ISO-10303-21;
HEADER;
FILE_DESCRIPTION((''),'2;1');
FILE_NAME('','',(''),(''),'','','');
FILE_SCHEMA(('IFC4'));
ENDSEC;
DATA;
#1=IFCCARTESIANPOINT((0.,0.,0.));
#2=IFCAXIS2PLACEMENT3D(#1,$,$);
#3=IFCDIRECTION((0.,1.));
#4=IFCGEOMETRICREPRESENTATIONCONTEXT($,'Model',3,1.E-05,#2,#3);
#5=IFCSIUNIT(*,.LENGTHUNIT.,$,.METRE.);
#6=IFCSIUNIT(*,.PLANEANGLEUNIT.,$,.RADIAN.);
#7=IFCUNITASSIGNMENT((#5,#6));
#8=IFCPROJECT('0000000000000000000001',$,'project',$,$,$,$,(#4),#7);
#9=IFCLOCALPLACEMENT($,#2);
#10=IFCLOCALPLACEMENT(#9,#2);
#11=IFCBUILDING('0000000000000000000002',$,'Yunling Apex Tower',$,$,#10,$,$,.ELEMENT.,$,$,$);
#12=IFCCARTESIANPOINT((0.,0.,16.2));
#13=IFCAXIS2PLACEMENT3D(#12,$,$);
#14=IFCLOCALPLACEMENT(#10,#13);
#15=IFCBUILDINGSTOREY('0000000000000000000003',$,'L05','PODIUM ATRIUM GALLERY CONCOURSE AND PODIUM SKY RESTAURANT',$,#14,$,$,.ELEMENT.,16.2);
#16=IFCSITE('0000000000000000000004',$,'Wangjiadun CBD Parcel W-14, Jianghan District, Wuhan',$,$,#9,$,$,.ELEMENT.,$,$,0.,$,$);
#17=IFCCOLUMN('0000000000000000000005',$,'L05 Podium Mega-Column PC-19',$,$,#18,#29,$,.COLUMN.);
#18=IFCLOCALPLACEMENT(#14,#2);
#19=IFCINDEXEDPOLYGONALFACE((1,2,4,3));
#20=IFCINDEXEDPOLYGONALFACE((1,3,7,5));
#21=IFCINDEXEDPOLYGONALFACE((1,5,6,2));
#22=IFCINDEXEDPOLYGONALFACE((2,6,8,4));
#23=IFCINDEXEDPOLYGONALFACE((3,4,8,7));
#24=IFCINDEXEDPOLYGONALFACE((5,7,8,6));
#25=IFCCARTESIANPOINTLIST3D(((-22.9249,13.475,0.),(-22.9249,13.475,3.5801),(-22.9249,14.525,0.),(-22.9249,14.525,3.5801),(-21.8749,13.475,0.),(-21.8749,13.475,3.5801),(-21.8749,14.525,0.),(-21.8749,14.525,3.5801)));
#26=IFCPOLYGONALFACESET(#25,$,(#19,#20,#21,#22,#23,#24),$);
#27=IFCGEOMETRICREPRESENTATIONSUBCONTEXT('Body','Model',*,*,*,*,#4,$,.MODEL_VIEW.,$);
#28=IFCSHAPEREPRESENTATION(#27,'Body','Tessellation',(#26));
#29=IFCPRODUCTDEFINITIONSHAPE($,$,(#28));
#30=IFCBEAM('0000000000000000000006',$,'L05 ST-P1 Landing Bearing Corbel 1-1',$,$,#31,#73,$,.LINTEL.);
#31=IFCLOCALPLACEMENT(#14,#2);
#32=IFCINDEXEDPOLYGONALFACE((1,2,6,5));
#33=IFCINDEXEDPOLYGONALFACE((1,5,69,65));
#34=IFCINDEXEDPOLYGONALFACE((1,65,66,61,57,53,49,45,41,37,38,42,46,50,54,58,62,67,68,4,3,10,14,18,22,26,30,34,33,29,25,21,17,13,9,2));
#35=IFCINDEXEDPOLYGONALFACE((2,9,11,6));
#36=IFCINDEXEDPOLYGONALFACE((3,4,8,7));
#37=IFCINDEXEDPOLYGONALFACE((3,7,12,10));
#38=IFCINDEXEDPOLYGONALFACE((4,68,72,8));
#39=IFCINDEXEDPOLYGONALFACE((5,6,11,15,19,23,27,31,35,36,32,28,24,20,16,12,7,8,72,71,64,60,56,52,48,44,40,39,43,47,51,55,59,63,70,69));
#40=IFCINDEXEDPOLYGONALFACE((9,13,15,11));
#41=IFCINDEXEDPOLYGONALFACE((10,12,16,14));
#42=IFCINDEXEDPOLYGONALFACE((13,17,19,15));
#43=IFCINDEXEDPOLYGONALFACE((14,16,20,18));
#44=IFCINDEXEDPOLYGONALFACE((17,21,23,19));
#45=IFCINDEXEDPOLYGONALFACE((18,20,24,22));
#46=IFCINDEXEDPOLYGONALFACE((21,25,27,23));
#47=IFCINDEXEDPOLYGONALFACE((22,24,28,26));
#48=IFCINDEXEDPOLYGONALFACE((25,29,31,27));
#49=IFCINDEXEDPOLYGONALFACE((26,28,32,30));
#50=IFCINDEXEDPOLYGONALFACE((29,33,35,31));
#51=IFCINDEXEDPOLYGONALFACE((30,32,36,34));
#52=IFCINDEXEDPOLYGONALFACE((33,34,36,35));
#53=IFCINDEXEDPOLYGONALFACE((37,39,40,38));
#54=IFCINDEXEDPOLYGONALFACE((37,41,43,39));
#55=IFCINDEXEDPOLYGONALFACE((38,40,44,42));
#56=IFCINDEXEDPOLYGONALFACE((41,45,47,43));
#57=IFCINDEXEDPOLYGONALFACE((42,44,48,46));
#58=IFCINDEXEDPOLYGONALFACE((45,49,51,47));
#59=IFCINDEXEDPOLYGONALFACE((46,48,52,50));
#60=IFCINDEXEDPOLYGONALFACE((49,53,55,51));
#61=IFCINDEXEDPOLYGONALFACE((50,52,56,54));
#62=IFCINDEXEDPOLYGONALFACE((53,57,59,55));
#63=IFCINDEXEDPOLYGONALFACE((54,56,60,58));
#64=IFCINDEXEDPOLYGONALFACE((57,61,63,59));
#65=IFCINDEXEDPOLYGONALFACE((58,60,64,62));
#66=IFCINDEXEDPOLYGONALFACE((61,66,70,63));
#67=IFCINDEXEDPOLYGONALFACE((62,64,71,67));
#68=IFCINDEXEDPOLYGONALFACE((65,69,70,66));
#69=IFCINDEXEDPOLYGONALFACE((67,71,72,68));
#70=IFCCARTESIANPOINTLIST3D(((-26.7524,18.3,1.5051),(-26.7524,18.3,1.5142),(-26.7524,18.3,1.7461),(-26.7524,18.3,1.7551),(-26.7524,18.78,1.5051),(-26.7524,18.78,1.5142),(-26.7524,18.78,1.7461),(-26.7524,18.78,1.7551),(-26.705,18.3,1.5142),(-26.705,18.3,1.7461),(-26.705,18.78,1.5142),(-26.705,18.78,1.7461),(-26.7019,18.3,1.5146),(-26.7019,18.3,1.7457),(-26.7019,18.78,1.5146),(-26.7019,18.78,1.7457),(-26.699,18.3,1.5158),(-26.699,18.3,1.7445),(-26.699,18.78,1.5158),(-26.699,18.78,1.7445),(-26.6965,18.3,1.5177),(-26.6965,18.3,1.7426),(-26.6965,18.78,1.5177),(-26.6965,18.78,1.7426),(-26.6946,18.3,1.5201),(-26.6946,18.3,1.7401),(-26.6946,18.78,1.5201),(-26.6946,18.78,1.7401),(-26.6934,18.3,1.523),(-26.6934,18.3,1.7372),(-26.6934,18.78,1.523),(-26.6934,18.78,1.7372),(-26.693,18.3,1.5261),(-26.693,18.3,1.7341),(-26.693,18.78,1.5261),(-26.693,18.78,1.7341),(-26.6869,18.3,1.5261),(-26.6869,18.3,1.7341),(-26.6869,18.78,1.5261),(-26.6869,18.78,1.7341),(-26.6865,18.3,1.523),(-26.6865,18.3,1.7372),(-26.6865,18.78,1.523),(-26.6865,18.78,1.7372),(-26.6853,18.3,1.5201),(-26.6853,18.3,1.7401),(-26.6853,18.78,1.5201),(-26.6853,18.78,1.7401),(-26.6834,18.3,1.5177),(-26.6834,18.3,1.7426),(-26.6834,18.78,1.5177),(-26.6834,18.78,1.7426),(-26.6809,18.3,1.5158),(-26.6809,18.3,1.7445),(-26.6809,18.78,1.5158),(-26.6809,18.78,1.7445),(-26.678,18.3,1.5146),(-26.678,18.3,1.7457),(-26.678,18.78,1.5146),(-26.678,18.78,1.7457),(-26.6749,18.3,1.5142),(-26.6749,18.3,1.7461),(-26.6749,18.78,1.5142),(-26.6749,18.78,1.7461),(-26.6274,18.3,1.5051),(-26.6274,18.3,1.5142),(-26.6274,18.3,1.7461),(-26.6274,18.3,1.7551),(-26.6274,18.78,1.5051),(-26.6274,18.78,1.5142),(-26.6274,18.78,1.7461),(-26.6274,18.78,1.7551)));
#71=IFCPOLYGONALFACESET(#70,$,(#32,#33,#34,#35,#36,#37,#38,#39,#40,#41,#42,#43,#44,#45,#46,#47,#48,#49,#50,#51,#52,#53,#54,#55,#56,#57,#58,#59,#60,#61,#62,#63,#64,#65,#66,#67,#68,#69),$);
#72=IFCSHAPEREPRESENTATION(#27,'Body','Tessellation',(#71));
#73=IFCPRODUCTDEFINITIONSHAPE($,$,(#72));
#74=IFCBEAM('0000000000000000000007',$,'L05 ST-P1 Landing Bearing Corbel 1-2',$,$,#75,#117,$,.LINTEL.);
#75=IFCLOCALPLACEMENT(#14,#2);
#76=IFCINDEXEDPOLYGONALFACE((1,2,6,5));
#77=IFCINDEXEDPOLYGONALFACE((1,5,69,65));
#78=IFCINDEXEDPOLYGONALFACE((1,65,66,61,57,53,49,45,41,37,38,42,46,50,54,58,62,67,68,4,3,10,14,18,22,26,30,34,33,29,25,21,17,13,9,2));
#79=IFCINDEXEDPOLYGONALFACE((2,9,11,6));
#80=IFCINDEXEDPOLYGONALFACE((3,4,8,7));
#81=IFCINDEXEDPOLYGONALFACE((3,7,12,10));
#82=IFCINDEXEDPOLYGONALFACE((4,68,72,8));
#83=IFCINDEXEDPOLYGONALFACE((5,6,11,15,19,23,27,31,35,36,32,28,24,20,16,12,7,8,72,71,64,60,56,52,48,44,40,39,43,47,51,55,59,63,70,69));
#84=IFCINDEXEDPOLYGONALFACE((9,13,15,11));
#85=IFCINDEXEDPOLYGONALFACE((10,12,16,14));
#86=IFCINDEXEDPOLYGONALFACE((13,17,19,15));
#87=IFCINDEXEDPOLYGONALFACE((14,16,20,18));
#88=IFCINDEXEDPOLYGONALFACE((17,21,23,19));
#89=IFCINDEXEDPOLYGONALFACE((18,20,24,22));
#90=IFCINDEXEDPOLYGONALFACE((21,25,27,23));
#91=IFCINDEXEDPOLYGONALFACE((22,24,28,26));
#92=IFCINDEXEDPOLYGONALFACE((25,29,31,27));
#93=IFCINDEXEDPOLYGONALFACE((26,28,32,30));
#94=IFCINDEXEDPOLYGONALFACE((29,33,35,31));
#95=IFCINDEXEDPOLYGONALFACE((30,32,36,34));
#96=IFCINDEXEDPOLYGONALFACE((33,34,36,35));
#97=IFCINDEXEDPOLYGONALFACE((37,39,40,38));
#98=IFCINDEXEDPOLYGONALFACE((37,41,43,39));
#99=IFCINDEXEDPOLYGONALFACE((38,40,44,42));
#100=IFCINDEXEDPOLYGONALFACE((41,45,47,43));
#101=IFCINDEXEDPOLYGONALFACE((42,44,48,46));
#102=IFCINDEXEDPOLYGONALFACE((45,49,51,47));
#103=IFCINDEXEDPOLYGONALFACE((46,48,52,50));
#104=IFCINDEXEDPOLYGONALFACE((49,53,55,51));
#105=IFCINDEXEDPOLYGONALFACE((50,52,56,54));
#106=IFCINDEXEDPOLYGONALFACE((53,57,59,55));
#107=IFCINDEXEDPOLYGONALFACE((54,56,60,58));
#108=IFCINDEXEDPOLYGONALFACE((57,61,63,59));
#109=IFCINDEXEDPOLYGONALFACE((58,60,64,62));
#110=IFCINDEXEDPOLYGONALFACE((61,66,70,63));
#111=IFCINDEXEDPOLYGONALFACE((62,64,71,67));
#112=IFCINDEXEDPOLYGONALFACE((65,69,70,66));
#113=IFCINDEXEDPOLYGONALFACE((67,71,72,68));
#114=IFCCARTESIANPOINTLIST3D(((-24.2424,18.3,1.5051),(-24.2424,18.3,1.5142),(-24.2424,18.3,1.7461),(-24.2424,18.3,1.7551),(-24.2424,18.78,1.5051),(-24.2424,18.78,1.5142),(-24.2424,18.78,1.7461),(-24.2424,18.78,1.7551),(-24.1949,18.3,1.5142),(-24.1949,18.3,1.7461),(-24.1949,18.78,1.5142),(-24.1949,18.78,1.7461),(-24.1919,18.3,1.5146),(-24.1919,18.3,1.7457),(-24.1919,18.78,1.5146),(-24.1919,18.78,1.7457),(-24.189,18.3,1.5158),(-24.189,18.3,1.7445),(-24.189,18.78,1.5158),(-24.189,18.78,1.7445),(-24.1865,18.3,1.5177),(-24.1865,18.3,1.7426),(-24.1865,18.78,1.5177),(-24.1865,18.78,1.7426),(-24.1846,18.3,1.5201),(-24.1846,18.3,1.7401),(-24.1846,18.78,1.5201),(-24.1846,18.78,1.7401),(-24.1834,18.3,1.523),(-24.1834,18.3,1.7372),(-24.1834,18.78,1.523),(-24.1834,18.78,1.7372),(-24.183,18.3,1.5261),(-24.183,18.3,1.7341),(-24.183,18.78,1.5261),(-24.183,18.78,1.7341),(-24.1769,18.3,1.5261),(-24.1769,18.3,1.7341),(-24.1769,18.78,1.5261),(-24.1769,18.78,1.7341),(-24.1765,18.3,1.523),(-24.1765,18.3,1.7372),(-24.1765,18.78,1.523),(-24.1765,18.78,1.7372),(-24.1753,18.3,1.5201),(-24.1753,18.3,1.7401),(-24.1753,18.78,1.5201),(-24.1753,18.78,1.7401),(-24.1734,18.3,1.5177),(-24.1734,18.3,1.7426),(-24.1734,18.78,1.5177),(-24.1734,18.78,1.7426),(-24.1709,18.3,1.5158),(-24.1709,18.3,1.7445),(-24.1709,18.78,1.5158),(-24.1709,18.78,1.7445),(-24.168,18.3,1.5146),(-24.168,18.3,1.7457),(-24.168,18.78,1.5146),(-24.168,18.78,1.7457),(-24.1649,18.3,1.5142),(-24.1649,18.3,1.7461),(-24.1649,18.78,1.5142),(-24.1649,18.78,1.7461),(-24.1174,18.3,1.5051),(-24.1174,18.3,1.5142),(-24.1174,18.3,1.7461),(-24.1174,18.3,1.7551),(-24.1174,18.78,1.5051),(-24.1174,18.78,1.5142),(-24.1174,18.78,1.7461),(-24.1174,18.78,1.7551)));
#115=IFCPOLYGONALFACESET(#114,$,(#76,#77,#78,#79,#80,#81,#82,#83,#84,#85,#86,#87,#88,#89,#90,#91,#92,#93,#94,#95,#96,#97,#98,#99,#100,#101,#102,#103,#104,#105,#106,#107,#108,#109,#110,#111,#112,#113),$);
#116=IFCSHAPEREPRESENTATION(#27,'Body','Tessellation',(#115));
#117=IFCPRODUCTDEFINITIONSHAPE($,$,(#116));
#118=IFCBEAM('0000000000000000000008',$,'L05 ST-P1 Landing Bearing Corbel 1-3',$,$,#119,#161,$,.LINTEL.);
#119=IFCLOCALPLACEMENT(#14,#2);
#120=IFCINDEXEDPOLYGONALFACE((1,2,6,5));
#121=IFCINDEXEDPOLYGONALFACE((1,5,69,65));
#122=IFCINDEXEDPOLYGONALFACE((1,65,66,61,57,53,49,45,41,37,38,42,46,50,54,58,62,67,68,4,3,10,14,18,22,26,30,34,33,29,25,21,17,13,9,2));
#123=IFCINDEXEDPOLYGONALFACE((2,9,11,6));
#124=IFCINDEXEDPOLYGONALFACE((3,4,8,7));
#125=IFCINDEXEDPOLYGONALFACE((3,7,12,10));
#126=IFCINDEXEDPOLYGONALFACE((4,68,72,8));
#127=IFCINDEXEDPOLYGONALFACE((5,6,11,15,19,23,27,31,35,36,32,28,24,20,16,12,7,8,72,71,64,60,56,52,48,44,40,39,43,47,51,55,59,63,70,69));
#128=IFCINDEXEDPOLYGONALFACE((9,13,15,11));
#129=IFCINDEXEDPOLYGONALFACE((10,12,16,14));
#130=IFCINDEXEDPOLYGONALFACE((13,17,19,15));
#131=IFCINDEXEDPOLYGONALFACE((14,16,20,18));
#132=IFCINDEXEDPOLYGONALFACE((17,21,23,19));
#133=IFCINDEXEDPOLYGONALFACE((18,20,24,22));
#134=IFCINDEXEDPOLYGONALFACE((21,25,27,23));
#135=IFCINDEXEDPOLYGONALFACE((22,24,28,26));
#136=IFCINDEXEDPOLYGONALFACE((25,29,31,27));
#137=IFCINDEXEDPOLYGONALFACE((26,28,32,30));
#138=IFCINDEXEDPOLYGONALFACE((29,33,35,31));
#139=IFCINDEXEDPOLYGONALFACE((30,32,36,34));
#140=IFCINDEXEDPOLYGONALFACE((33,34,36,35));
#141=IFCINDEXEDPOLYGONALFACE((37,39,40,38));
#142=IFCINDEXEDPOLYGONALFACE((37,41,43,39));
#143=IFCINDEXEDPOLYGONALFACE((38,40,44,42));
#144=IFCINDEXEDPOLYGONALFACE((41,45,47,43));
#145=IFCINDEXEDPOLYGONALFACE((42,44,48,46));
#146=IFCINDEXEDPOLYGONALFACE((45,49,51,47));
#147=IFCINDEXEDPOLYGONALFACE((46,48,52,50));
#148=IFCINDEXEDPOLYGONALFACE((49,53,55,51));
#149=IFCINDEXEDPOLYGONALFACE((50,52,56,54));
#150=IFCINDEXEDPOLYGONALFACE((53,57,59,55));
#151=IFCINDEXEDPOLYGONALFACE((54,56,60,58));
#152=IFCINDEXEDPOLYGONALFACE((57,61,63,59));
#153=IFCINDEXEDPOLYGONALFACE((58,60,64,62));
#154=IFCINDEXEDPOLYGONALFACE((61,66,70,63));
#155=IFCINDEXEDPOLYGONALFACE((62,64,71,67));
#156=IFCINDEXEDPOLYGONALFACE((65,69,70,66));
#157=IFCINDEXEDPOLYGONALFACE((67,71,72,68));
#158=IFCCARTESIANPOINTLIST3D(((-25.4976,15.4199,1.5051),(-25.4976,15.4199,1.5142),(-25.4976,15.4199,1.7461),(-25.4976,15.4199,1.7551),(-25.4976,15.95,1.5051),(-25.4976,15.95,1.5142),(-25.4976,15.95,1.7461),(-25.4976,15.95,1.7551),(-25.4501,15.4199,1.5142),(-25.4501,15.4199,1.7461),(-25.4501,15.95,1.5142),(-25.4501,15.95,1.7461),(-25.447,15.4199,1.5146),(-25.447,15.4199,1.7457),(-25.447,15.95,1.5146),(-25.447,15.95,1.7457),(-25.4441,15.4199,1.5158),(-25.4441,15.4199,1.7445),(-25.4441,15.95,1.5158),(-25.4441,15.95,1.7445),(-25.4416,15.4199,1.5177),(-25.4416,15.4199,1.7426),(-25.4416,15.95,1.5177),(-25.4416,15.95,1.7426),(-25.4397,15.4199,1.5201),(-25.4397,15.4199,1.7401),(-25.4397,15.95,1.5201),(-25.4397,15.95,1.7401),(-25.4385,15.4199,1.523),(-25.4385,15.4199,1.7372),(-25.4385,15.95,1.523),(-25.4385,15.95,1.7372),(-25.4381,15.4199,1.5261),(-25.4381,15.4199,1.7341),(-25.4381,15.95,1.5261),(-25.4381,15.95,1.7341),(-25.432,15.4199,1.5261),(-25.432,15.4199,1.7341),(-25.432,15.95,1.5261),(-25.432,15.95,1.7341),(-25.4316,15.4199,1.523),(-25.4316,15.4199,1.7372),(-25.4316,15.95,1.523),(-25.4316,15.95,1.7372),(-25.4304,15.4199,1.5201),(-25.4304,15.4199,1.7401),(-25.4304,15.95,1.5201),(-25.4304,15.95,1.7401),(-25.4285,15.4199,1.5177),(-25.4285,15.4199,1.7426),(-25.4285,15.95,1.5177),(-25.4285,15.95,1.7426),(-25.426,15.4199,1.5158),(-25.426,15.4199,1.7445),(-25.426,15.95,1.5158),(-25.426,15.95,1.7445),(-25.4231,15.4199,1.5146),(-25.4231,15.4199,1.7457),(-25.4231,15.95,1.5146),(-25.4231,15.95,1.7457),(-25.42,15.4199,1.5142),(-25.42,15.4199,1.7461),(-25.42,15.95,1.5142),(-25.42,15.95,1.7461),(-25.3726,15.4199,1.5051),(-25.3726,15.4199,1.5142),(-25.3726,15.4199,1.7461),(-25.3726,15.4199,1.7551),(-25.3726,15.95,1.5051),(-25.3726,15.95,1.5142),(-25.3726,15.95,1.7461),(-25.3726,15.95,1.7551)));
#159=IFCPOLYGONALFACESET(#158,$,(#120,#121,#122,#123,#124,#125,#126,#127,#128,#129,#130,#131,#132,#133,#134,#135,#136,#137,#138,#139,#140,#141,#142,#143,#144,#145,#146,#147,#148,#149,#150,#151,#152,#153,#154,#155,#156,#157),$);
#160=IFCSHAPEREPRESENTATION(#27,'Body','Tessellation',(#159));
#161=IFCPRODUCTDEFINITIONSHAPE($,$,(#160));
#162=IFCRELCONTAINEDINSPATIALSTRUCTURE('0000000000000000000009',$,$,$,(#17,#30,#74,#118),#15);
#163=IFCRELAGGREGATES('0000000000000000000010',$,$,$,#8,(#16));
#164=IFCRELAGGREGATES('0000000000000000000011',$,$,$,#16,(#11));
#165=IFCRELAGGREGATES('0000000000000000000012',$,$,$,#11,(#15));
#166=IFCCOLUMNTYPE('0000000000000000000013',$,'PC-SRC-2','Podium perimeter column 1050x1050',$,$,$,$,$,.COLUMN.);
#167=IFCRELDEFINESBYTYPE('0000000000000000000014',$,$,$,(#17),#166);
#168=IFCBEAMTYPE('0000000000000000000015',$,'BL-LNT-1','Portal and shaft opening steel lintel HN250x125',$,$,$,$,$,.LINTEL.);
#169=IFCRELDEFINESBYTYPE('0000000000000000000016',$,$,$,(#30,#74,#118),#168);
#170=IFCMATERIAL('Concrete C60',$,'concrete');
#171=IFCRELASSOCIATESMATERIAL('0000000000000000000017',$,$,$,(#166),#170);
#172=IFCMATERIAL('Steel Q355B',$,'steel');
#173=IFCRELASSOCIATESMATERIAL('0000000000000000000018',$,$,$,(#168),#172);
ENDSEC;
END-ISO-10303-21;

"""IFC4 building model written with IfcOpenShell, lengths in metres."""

from ifc_helpers import new_model, si_unit, direction, frame, origin, origin_2d, place, context, subcontext, project, spatial, rectangle, i_section, extrude, source, transform, mapped, material, material_profile, profile_set, type_object, element, save


model = new_model("IFC4")

# Units and contexts
model_context = context("Model", 3, precision=1e-05, world=origin(), true_north=direction((0.0, 1.0)))
body_context = subcontext(model_context, "Body", "Model", "MODEL_VIEW")
ifc_project = project(units=[si_unit("LENGTHUNIT", "METRE"), si_unit("PLANEANGLEUNIT", "RADIAN")], contexts=[model_context])

# Site, building, storey
site_placement = place(None, origin())
site = spatial("IfcSite", under=ifc_project, at=site_placement, Name="Wangjiadun CBD Parcel W-14, Jianghan District, Wuhan", CompositionType="ELEMENT", RefElevation=0.0)
building_placement = place(site_placement, origin())
building = spatial("IfcBuilding", under=site, at=building_placement, Name="Yunling Apex Tower", CompositionType="ELEMENT")
storey_placement = place(building_placement, frame((0.0, 0.0, 16.2)))
storey = spatial("IfcBuildingStorey", under=building, at=storey_placement, Name="L05", Description="PODIUM ATRIUM GALLERY CONCOURSE AND PODIUM SKY RESTAURANT", CompositionType="ELEMENT", Elevation=16.2)

# Column
ifc_material_1 = material(Name="Concrete C60", Category="concrete")
ifc_material_profile_1 = material_profile(ifc_material_1, rectangle(XDim=1.05, YDim=1.05, at=origin_2d()))
ifc_profile_set_1 = profile_set([ifc_material_profile_1], Name="Concrete C60")
column_type = type_object("IfcColumnType", Name="PC-SRC-2", Description="Podium perimeter column 1050x1050", PredefinedType="COLUMN", material=ifc_profile_set_1)
shared_shape_1 = source(origin(), body_context, "Body", "SweptSolid", [
    extrude(rectangle(XDim=1.05, YDim=1.05, at=origin_2d()), origin(), (0.0, 0.0, 1.0), 3.5801),
])
column_placement = place(storey_placement, frame((-22.3999, 14.0, 0.0), z_axis=(0.0, 0.0, 1.0), x_axis=(1.0, 0.0, 0.0)))
element("IfcColumn", 1, at=column_placement, inside=storey, type_object=column_type, Name="L05 Podium Mega-Column PC-19", PredefinedType="COLUMN", context=body_context, shape_type="MappedRepresentation", body=[
    mapped(shared_shape_1, transform((0.0, 0.0, 0.0), scale=1.0)),
])

# Beams
ifc_material_2 = material(Name="Steel Q355B", Category="steel")
ifc_material_profile_2 = material_profile(ifc_material_2, i_section(OverallWidth=0.125, OverallDepth=0.25, WebThickness=0.0061, FlangeThickness=0.009, FilletRadius=0.012, at=origin_2d()))
ifc_profile_set_2 = profile_set([ifc_material_profile_2], Name="Steel Q355B")
beam_type_1 = type_object("IfcBeamType", Name="BL-LNT-1", Description="Portal and shaft opening steel lintel HN250x125", PredefinedType="LINTEL", material=ifc_profile_set_2)
shared_shape_2 = source(origin(), body_context, "Body", "SweptSolid", [
    extrude(i_section(OverallWidth=0.125, OverallDepth=0.25, WebThickness=0.0061, FlangeThickness=0.009, FilletRadius=0.012, at=origin_2d()), origin(), (0.0, 0.0, 1.0), 0.48),
])
for number, where, z_axis, x_axis, name in (
    (2, (-26.6899, 18.78, 1.6301), (0.0, -1.0, 0.0), (1.0, 0.0, 0.0), "L05 ST-P1 Landing Bearing Corbel 1-1"),
    (3, (-24.1799, 18.78, 1.6301), (0.0, -1.0, 0.0), (1.0, 0.0, 0.0), "L05 ST-P1 Landing Bearing Corbel 1-2"),
):
    element("IfcBeam", number, at=place(storey_placement, frame(where, z_axis=z_axis, x_axis=x_axis)), inside=storey, type_object=beam_type_1, Name=name, PredefinedType="LINTEL", context=body_context, shape_type="MappedRepresentation", body=[
        mapped(shared_shape_2, transform((0.0, 0.0, 0.0), scale=1.0)),
    ])
shared_shape_3 = source(origin(), body_context, "Body", "SweptSolid", [
    extrude(i_section(OverallWidth=0.125, OverallDepth=0.25, WebThickness=0.0061, FlangeThickness=0.009, FilletRadius=0.012, at=origin_2d()), origin(), (0.0, 0.0, 1.0), 0.53),
])
beam_1_placement = place(storey_placement, frame((-25.4351, 15.4199, 1.6301), z_axis=(0.0, 1.0, 0.0), x_axis=(-1.0, 0.0, 0.0)))
element("IfcBeam", 4, at=beam_1_placement, inside=storey, type_object=beam_type_1, Name="L05 ST-P1 Landing Bearing Corbel 1-3", PredefinedType="LINTEL", context=body_context, shape_type="MappedRepresentation", body=[
    mapped(shared_shape_3, transform((0.0, 0.0, 0.0), scale=1.0)),
])

save(model, "model.ifc")
